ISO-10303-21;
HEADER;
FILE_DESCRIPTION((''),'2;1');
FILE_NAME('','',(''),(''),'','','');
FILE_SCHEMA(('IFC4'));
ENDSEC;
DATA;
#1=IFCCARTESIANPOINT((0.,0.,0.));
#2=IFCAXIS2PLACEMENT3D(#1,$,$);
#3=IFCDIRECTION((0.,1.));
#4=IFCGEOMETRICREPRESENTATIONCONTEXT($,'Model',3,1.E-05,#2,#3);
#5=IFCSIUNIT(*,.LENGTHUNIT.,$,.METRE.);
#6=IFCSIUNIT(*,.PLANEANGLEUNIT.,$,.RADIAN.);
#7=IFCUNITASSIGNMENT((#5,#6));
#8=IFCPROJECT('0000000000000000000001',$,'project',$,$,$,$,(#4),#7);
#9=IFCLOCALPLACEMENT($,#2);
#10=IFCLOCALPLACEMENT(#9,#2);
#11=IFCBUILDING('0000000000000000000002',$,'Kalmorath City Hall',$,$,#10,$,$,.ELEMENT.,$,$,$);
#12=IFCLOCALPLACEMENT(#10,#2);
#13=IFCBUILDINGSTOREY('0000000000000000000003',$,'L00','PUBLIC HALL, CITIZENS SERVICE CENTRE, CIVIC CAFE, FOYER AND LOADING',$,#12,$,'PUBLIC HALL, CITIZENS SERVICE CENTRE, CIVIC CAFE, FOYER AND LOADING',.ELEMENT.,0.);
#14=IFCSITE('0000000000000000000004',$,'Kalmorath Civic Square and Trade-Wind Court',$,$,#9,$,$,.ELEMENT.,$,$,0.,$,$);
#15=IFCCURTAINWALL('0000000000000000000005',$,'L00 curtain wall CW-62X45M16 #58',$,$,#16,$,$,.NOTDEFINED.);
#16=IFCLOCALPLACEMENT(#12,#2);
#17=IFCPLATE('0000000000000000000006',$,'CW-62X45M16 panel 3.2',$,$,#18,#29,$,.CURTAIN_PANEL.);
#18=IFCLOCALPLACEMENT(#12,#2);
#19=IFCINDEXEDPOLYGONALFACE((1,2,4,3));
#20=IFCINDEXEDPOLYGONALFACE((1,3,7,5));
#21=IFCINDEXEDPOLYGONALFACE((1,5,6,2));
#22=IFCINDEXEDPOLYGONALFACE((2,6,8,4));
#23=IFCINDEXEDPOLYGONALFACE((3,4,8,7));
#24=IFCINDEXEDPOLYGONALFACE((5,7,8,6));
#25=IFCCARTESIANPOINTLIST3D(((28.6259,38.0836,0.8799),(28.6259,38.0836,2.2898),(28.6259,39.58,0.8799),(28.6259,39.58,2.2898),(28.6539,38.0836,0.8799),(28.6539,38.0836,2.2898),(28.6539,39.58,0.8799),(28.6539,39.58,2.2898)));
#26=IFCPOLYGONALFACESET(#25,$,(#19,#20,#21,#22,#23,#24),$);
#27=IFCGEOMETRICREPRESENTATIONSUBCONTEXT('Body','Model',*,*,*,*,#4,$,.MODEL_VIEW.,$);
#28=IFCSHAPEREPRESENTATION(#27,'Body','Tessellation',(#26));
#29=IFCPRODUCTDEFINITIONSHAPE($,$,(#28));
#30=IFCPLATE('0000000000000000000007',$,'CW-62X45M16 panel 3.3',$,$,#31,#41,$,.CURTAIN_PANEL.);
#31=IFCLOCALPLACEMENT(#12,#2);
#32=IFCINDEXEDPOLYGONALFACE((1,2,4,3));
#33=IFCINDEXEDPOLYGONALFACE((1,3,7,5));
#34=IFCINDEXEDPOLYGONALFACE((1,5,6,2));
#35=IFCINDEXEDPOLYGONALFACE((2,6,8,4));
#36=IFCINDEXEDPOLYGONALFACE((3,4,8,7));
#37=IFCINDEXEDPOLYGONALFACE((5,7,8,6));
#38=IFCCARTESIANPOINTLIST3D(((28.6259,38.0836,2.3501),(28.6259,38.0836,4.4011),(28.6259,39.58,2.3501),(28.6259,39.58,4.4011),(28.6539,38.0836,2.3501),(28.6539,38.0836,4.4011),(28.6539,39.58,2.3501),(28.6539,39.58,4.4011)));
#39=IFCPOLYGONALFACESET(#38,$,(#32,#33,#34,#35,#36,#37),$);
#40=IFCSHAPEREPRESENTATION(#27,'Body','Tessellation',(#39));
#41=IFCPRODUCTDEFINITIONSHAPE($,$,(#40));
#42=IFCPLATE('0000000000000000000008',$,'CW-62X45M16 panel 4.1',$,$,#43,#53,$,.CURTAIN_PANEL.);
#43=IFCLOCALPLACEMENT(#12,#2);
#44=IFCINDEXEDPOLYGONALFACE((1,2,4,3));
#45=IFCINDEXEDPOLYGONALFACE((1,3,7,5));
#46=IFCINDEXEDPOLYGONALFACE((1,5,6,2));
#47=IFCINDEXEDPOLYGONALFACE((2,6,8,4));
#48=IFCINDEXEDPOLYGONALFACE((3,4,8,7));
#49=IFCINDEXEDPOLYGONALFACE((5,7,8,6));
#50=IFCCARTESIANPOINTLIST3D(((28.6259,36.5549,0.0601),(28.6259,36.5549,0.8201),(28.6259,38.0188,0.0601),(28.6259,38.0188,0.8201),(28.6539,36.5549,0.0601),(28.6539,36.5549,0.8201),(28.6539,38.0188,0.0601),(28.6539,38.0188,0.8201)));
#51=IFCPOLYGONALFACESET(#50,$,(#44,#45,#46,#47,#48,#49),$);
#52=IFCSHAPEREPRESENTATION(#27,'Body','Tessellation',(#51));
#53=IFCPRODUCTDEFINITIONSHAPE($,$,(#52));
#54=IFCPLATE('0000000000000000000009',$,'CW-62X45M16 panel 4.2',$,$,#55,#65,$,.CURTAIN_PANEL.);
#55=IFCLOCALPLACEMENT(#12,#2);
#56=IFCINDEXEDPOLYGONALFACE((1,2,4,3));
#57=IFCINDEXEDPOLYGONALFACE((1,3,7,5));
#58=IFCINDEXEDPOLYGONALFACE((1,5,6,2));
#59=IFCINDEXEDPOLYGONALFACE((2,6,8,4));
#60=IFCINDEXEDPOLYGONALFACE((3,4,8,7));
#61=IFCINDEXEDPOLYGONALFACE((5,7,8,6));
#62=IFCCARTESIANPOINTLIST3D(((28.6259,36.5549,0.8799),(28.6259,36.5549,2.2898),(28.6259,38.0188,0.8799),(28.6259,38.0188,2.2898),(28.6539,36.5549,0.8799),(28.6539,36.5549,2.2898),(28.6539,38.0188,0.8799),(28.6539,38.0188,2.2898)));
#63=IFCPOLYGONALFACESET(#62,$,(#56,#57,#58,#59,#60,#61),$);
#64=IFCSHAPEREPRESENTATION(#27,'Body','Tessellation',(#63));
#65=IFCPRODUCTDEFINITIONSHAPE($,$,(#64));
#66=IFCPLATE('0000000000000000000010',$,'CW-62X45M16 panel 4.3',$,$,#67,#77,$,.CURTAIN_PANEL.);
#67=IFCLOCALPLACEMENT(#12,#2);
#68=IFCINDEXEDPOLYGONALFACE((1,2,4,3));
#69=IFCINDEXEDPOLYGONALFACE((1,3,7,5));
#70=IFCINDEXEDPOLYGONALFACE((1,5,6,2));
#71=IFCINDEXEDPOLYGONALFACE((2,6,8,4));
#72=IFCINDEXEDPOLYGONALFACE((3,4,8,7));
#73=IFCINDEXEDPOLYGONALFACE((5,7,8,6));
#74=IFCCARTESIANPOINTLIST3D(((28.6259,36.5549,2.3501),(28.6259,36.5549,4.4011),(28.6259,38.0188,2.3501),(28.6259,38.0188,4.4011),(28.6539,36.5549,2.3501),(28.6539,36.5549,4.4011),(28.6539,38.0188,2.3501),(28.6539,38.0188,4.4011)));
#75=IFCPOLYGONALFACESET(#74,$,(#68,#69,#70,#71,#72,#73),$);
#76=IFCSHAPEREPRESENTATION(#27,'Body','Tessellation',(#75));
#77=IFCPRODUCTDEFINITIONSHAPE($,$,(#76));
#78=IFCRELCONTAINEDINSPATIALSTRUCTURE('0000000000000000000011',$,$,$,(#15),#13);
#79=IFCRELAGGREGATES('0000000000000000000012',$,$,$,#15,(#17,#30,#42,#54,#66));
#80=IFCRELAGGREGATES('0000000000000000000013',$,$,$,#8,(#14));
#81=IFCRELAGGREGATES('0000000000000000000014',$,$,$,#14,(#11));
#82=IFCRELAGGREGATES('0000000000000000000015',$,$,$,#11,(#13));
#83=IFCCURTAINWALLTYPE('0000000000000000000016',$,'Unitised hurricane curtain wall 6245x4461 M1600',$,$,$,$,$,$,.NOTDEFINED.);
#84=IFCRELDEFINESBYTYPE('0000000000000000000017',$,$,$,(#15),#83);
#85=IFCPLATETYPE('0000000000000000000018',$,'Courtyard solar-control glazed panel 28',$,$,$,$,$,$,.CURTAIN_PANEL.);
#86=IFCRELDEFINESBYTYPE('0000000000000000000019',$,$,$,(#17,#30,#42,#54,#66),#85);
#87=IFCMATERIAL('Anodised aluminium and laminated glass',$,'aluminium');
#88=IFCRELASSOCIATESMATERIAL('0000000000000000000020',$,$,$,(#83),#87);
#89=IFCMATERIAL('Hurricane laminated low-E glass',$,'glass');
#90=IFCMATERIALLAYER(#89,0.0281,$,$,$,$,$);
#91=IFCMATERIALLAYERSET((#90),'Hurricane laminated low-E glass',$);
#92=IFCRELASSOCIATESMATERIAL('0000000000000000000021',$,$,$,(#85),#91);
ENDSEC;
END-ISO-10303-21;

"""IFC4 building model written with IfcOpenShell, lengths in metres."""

from ifc_helpers import new_model, si_unit, direction, frame, origin, origin_2d, place, context, subcontext, project, spatial, rectangle, extrude, material, layer, layer_set, type_object, element, aggregate, save


model = new_model("IFC4")

# Units and contexts
model_context = context("Model", 3, precision=1e-05, world=origin(), true_north=direction((0.0, 1.0)))
body_context = subcontext(model_context, "Body", "Model", "MODEL_VIEW")
ifc_project = project(units=[si_unit("LENGTHUNIT", "METRE"), si_unit("PLANEANGLEUNIT", "RADIAN")], contexts=[model_context])

# Site, building, storey
site_placement = place(None, origin())
site = spatial("IfcSite", under=ifc_project, at=site_placement, Name="Kalmorath Civic Square and Trade-Wind Court", CompositionType="ELEMENT", RefElevation=0.0)
building_placement = place(site_placement, origin())
building = spatial("IfcBuilding", under=site, at=building_placement, Name="Kalmorath City Hall", CompositionType="ELEMENT")
storey_placement = place(building_placement, origin())
storey = spatial("IfcBuildingStorey", under=building, at=storey_placement, Name="L00", Description="PUBLIC HALL, CITIZENS SERVICE CENTRE, CIVIC CAFE, FOYER AND LOADING", LongName="PUBLIC HALL, CITIZENS SERVICE CENTRE, CIVIC CAFE, FOYER AND LOADING", CompositionType="ELEMENT", Elevation=0.0)

# Curtain wall
ifc_material_1 = material(Name="Anodised aluminium and laminated glass", Category="aluminium")
curtain_wall_type = type_object("IfcCurtainWallType", Name="Unitised hurricane curtain wall 6245x4461 M1600", PredefinedType="NOTDEFINED", material=ifc_material_1)
curtain_wall_placement = place(storey_placement, origin())
curtain_wall = element("IfcCurtainWall", 1, at=curtain_wall_placement, inside=storey, type_object=curtain_wall_type, Name="L00 curtain wall CW-62X45M16 #58", PredefinedType="NOTDEFINED")

# Plates
ifc_material_2 = material(Name="Hurricane laminated low-E glass", Category="glass")
ifc_layer = layer(ifc_material_2, 0.0281)
ifc_layer_set = layer_set([ifc_layer], Name="Hurricane laminated low-E glass")
plate_type = type_object("IfcPlateType", Name="Courtyard solar-control glazed panel 28", PredefinedType="CURTAIN_PANEL", material=ifc_layer_set)
plate_1_placement = place(storey_placement, frame((28.6399, 38.8318, 0.8799), z_axis=(0.0, 0.0, 1.0), x_axis=(0.0, -1.0, 0.0)))
plate_1 = element("IfcPlate", 2, at=plate_1_placement, type_object=plate_type, Name="CW-62X45M16 panel 3.2", PredefinedType="CURTAIN_PANEL", context=body_context, shape_type="SweptSolid", body=[
    extrude(rectangle(XDim=1.4963, YDim=0.0281, at=origin_2d()), origin(), (0.0, 0.0, 1.0), 1.4099),
])
plate_2_placement = place(storey_placement, frame((28.6399, 38.8318, 2.3501), z_axis=(0.0, 0.0, 1.0), x_axis=(0.0, -1.0, 0.0)))
plate_2 = element("IfcPlate", 3, at=plate_2_placement, type_object=plate_type, Name="CW-62X45M16 panel 3.3", PredefinedType="CURTAIN_PANEL", context=body_context, shape_type="SweptSolid", body=[
    extrude(rectangle(XDim=1.4963, YDim=0.0281, at=origin_2d()), origin(), (0.0, 0.0, 1.0), 2.051),
])
plate_3_placement = place(storey_placement, frame((28.6399, 37.2869, 0.0601), z_axis=(0.0, 0.0, 1.0), x_axis=(0.0, -1.0, 0.0)))
plate_3 = element("IfcPlate", 4, at=plate_3_placement, type_object=plate_type, Name="CW-62X45M16 panel 4.1", PredefinedType="CURTAIN_PANEL", context=body_context, shape_type="SweptSolid", body=[
    extrude(rectangle(XDim=1.4639, YDim=0.0281, at=origin_2d()), origin(), (0.0, 0.0, 1.0), 0.76),
])
plate_4_placement = place(storey_placement, frame((28.6399, 37.2869, 0.8799), z_axis=(0.0, 0.0, 1.0), x_axis=(0.0, -1.0, 0.0)))
plate_4 = element("IfcPlate", 5, at=plate_4_placement, type_object=plate_type, Name="CW-62X45M16 panel 4.2", PredefinedType="CURTAIN_PANEL", context=body_context, shape_type="SweptSolid", body=[
    extrude(rectangle(XDim=1.4639, YDim=0.0281, at=origin_2d()), origin(), (0.0, 0.0, 1.0), 1.4099),
])
plate_5_placement = place(storey_placement, frame((28.6399, 37.2869, 2.3501), z_axis=(0.0, 0.0, 1.0), x_axis=(0.0, -1.0, 0.0)))
plate_5 = element("IfcPlate", 6, at=plate_5_placement, type_object=plate_type, Name="CW-62X45M16 panel 4.3", PredefinedType="CURTAIN_PANEL", context=body_context, shape_type="SweptSolid", body=[
    extrude(rectangle(XDim=1.4639, YDim=0.0281, at=origin_2d()), origin(), (0.0, 0.0, 1.0), 2.051),
])
aggregate(curtain_wall, [plate_1, plate_2, plate_3, plate_4, plate_5])

save(model, "model.ifc")
